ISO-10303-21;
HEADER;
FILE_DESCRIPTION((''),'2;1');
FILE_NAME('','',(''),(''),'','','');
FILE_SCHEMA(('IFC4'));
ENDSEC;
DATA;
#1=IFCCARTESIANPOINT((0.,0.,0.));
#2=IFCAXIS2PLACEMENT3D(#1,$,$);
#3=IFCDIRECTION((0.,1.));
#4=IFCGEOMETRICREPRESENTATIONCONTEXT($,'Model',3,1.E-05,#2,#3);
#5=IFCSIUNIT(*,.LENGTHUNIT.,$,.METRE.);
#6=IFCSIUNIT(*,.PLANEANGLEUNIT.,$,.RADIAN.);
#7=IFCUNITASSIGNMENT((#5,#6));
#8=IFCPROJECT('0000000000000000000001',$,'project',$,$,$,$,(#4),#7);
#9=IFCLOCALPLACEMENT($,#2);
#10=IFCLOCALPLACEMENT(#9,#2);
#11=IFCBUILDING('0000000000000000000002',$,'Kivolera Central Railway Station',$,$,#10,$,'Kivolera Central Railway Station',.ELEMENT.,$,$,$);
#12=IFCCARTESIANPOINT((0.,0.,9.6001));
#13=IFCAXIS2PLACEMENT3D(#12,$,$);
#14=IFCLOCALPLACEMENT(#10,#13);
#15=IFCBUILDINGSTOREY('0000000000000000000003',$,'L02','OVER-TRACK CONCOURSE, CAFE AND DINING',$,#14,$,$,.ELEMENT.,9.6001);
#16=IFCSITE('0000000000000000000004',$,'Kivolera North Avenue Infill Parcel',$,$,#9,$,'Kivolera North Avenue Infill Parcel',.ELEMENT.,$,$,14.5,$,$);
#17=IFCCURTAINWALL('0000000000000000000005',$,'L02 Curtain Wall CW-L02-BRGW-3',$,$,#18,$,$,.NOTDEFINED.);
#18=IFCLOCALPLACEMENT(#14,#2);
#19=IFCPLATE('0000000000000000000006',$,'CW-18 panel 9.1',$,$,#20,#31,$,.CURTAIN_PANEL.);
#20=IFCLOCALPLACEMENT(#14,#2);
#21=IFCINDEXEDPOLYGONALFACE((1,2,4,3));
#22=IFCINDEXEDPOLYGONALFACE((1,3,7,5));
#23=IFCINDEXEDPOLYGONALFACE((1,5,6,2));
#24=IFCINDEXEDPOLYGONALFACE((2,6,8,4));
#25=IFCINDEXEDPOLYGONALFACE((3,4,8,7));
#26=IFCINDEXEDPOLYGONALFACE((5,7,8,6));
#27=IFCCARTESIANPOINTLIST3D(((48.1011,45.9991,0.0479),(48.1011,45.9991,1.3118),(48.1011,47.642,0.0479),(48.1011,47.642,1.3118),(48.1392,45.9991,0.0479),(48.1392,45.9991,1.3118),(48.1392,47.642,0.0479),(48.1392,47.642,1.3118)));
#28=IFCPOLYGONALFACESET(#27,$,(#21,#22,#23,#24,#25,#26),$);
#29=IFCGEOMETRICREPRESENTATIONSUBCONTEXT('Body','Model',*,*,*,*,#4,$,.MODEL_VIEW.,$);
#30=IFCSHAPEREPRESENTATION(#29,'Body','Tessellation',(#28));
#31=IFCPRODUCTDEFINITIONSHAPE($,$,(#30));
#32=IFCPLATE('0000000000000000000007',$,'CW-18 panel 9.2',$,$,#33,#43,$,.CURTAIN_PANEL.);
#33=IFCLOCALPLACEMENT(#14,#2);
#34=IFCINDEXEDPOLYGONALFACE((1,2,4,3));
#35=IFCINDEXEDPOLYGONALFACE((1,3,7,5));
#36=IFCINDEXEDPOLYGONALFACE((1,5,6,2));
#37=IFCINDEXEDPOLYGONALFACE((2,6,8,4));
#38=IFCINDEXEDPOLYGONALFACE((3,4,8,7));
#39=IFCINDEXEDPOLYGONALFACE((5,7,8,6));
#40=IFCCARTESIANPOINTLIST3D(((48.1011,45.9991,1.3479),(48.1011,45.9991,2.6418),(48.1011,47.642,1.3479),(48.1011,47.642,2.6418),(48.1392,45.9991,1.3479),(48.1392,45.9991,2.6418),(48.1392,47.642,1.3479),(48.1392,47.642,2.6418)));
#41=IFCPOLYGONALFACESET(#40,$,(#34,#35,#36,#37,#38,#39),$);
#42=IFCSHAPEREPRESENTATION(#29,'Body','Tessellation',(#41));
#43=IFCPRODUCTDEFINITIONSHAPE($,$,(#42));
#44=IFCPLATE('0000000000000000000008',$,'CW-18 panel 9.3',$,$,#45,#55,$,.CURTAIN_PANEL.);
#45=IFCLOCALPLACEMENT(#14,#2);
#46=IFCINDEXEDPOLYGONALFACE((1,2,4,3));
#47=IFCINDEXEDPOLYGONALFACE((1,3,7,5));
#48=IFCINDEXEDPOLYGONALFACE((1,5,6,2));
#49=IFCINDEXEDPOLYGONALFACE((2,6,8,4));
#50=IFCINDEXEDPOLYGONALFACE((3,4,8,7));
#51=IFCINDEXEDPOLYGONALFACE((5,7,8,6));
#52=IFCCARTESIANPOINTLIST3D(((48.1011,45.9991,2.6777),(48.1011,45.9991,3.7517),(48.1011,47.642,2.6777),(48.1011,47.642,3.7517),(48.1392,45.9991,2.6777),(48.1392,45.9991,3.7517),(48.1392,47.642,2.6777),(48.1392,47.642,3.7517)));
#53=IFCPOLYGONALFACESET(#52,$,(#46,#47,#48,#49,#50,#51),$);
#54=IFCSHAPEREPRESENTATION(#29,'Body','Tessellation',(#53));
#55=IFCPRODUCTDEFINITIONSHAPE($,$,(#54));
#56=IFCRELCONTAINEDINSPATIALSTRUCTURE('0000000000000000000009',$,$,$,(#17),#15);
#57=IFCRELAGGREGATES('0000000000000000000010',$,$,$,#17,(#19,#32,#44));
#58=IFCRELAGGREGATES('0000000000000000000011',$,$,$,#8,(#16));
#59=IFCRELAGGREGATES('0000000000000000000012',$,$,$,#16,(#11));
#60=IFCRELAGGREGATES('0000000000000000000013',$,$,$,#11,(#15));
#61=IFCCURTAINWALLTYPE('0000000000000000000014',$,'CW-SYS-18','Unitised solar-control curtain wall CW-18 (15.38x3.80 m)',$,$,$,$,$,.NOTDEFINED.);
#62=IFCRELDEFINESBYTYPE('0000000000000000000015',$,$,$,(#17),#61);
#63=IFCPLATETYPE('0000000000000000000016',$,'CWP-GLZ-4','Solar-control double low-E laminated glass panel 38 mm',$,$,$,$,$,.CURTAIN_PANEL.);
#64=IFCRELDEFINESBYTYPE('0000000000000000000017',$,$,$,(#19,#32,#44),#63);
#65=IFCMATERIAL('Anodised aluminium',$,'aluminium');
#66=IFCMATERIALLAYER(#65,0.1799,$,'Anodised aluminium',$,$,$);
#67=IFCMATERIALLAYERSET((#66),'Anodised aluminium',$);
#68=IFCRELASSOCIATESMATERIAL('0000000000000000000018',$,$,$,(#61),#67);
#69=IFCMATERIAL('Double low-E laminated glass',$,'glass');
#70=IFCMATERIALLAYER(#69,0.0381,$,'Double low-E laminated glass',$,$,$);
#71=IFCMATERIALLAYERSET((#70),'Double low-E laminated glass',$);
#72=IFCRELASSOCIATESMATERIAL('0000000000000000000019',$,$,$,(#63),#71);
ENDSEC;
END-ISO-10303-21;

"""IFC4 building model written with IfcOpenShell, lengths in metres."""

from ifc_helpers import new_model, si_unit, direction, frame, origin, origin_2d, place, context, subcontext, project, spatial, rectangle, extrude, material, layer, layer_set, type_object, element, aggregate, save


model = new_model("IFC4")

# Units and contexts
model_context = context("Model", 3, precision=1e-05, world=origin(), true_north=direction((0.0, 1.0)))
body_context = subcontext(model_context, "Body", "Model", "MODEL_VIEW")
ifc_project = project(units=[si_unit("LENGTHUNIT", "METRE"), si_unit("PLANEANGLEUNIT", "RADIAN")], contexts=[model_context])

# Site, building, storey
site_placement = place(None, origin())
site = spatial("IfcSite", under=ifc_project, at=site_placement, Name="Kivolera North Avenue Infill Parcel", LongName="Kivolera North Avenue Infill Parcel", CompositionType="ELEMENT", RefElevation=14.5)
building_placement = place(site_placement, origin())
building = spatial("IfcBuilding", under=site, at=building_placement, Name="Kivolera Central Railway Station", LongName="Kivolera Central Railway Station", CompositionType="ELEMENT")
storey_placement = place(building_placement, frame((0.0, 0.0, 9.6001)))
storey = spatial("IfcBuildingStorey", under=building, at=storey_placement, Name="L02", Description="OVER-TRACK CONCOURSE, CAFE AND DINING", CompositionType="ELEMENT", Elevation=9.6001)

# Curtain wall, plates
ifc_material_1 = material(Name="Anodised aluminium", Category="aluminium")
ifc_layer_1 = layer(ifc_material_1, 0.1799, Name="Anodised aluminium")
ifc_layer_set_1 = layer_set([ifc_layer_1], Name="Anodised aluminium")
curtain_wall_type = type_object("IfcCurtainWallType", Name="CW-SYS-18", Description="Unitised solar-control curtain wall CW-18 (15.38x3.80 m)", PredefinedType="NOTDEFINED", material=ifc_layer_set_1)
curtain_wall_placement = place(storey_placement, origin())
curtain_wall = element("IfcCurtainWall", 1, at=curtain_wall_placement, inside=storey, type_object=curtain_wall_type, Name="L02 Curtain Wall CW-L02-BRGW-3", PredefinedType="NOTDEFINED")
ifc_material_2 = material(Name="Double low-E laminated glass", Category="glass")
ifc_layer_2 = layer(ifc_material_2, 0.0381, Name="Double low-E laminated glass")
ifc_layer_set_2 = layer_set([ifc_layer_2], Name="Double low-E laminated glass")
plate_type = type_object("IfcPlateType", Name="CWP-GLZ-4", Description="Solar-control double low-E laminated glass panel 38 mm", PredefinedType="CURTAIN_PANEL", material=ifc_layer_set_2)
plate_1_placement = place(storey_placement, frame((48.1201, 46.8206, 0.0479), z_axis=(0.0, 0.0, 1.0), x_axis=(0.0, 1.0, 0.0)))
plate_1 = element("IfcPlate", 2, at=plate_1_placement, type_object=plate_type, Name="CW-18 panel 9.1", PredefinedType="CURTAIN_PANEL", context=body_context, shape_type="SweptSolid", body=[
    extrude(rectangle(XDim=1.6428, YDim=0.0381, at=origin_2d()), origin(), (0.0, 0.0, 1.0), 1.2639),
])
plate_2_placement = place(storey_placement, frame((48.1201, 46.8206, 1.3479), z_axis=(0.0, 0.0, 1.0), x_axis=(0.0, 1.0, 0.0)))
plate_2 = element("IfcPlate", 3, at=plate_2_placement, type_object=plate_type, Name="CW-18 panel 9.2", PredefinedType="CURTAIN_PANEL", context=body_context, shape_type="SweptSolid", body=[
    extrude(rectangle(XDim=1.6428, YDim=0.0381, at=origin_2d()), origin(), (0.0, 0.0, 1.0), 1.2939),
])
plate_3_placement = place(storey_placement, frame((48.1201, 46.8206, 2.6777), z_axis=(0.0, 0.0, 1.0), x_axis=(0.0, 1.0, 0.0)))
plate_3 = element("IfcPlate", 4, at=plate_3_placement, type_object=plate_type, Name="CW-18 panel 9.3", PredefinedType="CURTAIN_PANEL", context=body_context, shape_type="SweptSolid", body=[
    extrude(rectangle(XDim=1.6428, YDim=0.0381, at=origin_2d()), origin(), (0.0, 0.0, 1.0), 1.074),
])
aggregate(curtain_wall, [plate_1, plate_2, plate_3])

save(model, "model.ifc")
